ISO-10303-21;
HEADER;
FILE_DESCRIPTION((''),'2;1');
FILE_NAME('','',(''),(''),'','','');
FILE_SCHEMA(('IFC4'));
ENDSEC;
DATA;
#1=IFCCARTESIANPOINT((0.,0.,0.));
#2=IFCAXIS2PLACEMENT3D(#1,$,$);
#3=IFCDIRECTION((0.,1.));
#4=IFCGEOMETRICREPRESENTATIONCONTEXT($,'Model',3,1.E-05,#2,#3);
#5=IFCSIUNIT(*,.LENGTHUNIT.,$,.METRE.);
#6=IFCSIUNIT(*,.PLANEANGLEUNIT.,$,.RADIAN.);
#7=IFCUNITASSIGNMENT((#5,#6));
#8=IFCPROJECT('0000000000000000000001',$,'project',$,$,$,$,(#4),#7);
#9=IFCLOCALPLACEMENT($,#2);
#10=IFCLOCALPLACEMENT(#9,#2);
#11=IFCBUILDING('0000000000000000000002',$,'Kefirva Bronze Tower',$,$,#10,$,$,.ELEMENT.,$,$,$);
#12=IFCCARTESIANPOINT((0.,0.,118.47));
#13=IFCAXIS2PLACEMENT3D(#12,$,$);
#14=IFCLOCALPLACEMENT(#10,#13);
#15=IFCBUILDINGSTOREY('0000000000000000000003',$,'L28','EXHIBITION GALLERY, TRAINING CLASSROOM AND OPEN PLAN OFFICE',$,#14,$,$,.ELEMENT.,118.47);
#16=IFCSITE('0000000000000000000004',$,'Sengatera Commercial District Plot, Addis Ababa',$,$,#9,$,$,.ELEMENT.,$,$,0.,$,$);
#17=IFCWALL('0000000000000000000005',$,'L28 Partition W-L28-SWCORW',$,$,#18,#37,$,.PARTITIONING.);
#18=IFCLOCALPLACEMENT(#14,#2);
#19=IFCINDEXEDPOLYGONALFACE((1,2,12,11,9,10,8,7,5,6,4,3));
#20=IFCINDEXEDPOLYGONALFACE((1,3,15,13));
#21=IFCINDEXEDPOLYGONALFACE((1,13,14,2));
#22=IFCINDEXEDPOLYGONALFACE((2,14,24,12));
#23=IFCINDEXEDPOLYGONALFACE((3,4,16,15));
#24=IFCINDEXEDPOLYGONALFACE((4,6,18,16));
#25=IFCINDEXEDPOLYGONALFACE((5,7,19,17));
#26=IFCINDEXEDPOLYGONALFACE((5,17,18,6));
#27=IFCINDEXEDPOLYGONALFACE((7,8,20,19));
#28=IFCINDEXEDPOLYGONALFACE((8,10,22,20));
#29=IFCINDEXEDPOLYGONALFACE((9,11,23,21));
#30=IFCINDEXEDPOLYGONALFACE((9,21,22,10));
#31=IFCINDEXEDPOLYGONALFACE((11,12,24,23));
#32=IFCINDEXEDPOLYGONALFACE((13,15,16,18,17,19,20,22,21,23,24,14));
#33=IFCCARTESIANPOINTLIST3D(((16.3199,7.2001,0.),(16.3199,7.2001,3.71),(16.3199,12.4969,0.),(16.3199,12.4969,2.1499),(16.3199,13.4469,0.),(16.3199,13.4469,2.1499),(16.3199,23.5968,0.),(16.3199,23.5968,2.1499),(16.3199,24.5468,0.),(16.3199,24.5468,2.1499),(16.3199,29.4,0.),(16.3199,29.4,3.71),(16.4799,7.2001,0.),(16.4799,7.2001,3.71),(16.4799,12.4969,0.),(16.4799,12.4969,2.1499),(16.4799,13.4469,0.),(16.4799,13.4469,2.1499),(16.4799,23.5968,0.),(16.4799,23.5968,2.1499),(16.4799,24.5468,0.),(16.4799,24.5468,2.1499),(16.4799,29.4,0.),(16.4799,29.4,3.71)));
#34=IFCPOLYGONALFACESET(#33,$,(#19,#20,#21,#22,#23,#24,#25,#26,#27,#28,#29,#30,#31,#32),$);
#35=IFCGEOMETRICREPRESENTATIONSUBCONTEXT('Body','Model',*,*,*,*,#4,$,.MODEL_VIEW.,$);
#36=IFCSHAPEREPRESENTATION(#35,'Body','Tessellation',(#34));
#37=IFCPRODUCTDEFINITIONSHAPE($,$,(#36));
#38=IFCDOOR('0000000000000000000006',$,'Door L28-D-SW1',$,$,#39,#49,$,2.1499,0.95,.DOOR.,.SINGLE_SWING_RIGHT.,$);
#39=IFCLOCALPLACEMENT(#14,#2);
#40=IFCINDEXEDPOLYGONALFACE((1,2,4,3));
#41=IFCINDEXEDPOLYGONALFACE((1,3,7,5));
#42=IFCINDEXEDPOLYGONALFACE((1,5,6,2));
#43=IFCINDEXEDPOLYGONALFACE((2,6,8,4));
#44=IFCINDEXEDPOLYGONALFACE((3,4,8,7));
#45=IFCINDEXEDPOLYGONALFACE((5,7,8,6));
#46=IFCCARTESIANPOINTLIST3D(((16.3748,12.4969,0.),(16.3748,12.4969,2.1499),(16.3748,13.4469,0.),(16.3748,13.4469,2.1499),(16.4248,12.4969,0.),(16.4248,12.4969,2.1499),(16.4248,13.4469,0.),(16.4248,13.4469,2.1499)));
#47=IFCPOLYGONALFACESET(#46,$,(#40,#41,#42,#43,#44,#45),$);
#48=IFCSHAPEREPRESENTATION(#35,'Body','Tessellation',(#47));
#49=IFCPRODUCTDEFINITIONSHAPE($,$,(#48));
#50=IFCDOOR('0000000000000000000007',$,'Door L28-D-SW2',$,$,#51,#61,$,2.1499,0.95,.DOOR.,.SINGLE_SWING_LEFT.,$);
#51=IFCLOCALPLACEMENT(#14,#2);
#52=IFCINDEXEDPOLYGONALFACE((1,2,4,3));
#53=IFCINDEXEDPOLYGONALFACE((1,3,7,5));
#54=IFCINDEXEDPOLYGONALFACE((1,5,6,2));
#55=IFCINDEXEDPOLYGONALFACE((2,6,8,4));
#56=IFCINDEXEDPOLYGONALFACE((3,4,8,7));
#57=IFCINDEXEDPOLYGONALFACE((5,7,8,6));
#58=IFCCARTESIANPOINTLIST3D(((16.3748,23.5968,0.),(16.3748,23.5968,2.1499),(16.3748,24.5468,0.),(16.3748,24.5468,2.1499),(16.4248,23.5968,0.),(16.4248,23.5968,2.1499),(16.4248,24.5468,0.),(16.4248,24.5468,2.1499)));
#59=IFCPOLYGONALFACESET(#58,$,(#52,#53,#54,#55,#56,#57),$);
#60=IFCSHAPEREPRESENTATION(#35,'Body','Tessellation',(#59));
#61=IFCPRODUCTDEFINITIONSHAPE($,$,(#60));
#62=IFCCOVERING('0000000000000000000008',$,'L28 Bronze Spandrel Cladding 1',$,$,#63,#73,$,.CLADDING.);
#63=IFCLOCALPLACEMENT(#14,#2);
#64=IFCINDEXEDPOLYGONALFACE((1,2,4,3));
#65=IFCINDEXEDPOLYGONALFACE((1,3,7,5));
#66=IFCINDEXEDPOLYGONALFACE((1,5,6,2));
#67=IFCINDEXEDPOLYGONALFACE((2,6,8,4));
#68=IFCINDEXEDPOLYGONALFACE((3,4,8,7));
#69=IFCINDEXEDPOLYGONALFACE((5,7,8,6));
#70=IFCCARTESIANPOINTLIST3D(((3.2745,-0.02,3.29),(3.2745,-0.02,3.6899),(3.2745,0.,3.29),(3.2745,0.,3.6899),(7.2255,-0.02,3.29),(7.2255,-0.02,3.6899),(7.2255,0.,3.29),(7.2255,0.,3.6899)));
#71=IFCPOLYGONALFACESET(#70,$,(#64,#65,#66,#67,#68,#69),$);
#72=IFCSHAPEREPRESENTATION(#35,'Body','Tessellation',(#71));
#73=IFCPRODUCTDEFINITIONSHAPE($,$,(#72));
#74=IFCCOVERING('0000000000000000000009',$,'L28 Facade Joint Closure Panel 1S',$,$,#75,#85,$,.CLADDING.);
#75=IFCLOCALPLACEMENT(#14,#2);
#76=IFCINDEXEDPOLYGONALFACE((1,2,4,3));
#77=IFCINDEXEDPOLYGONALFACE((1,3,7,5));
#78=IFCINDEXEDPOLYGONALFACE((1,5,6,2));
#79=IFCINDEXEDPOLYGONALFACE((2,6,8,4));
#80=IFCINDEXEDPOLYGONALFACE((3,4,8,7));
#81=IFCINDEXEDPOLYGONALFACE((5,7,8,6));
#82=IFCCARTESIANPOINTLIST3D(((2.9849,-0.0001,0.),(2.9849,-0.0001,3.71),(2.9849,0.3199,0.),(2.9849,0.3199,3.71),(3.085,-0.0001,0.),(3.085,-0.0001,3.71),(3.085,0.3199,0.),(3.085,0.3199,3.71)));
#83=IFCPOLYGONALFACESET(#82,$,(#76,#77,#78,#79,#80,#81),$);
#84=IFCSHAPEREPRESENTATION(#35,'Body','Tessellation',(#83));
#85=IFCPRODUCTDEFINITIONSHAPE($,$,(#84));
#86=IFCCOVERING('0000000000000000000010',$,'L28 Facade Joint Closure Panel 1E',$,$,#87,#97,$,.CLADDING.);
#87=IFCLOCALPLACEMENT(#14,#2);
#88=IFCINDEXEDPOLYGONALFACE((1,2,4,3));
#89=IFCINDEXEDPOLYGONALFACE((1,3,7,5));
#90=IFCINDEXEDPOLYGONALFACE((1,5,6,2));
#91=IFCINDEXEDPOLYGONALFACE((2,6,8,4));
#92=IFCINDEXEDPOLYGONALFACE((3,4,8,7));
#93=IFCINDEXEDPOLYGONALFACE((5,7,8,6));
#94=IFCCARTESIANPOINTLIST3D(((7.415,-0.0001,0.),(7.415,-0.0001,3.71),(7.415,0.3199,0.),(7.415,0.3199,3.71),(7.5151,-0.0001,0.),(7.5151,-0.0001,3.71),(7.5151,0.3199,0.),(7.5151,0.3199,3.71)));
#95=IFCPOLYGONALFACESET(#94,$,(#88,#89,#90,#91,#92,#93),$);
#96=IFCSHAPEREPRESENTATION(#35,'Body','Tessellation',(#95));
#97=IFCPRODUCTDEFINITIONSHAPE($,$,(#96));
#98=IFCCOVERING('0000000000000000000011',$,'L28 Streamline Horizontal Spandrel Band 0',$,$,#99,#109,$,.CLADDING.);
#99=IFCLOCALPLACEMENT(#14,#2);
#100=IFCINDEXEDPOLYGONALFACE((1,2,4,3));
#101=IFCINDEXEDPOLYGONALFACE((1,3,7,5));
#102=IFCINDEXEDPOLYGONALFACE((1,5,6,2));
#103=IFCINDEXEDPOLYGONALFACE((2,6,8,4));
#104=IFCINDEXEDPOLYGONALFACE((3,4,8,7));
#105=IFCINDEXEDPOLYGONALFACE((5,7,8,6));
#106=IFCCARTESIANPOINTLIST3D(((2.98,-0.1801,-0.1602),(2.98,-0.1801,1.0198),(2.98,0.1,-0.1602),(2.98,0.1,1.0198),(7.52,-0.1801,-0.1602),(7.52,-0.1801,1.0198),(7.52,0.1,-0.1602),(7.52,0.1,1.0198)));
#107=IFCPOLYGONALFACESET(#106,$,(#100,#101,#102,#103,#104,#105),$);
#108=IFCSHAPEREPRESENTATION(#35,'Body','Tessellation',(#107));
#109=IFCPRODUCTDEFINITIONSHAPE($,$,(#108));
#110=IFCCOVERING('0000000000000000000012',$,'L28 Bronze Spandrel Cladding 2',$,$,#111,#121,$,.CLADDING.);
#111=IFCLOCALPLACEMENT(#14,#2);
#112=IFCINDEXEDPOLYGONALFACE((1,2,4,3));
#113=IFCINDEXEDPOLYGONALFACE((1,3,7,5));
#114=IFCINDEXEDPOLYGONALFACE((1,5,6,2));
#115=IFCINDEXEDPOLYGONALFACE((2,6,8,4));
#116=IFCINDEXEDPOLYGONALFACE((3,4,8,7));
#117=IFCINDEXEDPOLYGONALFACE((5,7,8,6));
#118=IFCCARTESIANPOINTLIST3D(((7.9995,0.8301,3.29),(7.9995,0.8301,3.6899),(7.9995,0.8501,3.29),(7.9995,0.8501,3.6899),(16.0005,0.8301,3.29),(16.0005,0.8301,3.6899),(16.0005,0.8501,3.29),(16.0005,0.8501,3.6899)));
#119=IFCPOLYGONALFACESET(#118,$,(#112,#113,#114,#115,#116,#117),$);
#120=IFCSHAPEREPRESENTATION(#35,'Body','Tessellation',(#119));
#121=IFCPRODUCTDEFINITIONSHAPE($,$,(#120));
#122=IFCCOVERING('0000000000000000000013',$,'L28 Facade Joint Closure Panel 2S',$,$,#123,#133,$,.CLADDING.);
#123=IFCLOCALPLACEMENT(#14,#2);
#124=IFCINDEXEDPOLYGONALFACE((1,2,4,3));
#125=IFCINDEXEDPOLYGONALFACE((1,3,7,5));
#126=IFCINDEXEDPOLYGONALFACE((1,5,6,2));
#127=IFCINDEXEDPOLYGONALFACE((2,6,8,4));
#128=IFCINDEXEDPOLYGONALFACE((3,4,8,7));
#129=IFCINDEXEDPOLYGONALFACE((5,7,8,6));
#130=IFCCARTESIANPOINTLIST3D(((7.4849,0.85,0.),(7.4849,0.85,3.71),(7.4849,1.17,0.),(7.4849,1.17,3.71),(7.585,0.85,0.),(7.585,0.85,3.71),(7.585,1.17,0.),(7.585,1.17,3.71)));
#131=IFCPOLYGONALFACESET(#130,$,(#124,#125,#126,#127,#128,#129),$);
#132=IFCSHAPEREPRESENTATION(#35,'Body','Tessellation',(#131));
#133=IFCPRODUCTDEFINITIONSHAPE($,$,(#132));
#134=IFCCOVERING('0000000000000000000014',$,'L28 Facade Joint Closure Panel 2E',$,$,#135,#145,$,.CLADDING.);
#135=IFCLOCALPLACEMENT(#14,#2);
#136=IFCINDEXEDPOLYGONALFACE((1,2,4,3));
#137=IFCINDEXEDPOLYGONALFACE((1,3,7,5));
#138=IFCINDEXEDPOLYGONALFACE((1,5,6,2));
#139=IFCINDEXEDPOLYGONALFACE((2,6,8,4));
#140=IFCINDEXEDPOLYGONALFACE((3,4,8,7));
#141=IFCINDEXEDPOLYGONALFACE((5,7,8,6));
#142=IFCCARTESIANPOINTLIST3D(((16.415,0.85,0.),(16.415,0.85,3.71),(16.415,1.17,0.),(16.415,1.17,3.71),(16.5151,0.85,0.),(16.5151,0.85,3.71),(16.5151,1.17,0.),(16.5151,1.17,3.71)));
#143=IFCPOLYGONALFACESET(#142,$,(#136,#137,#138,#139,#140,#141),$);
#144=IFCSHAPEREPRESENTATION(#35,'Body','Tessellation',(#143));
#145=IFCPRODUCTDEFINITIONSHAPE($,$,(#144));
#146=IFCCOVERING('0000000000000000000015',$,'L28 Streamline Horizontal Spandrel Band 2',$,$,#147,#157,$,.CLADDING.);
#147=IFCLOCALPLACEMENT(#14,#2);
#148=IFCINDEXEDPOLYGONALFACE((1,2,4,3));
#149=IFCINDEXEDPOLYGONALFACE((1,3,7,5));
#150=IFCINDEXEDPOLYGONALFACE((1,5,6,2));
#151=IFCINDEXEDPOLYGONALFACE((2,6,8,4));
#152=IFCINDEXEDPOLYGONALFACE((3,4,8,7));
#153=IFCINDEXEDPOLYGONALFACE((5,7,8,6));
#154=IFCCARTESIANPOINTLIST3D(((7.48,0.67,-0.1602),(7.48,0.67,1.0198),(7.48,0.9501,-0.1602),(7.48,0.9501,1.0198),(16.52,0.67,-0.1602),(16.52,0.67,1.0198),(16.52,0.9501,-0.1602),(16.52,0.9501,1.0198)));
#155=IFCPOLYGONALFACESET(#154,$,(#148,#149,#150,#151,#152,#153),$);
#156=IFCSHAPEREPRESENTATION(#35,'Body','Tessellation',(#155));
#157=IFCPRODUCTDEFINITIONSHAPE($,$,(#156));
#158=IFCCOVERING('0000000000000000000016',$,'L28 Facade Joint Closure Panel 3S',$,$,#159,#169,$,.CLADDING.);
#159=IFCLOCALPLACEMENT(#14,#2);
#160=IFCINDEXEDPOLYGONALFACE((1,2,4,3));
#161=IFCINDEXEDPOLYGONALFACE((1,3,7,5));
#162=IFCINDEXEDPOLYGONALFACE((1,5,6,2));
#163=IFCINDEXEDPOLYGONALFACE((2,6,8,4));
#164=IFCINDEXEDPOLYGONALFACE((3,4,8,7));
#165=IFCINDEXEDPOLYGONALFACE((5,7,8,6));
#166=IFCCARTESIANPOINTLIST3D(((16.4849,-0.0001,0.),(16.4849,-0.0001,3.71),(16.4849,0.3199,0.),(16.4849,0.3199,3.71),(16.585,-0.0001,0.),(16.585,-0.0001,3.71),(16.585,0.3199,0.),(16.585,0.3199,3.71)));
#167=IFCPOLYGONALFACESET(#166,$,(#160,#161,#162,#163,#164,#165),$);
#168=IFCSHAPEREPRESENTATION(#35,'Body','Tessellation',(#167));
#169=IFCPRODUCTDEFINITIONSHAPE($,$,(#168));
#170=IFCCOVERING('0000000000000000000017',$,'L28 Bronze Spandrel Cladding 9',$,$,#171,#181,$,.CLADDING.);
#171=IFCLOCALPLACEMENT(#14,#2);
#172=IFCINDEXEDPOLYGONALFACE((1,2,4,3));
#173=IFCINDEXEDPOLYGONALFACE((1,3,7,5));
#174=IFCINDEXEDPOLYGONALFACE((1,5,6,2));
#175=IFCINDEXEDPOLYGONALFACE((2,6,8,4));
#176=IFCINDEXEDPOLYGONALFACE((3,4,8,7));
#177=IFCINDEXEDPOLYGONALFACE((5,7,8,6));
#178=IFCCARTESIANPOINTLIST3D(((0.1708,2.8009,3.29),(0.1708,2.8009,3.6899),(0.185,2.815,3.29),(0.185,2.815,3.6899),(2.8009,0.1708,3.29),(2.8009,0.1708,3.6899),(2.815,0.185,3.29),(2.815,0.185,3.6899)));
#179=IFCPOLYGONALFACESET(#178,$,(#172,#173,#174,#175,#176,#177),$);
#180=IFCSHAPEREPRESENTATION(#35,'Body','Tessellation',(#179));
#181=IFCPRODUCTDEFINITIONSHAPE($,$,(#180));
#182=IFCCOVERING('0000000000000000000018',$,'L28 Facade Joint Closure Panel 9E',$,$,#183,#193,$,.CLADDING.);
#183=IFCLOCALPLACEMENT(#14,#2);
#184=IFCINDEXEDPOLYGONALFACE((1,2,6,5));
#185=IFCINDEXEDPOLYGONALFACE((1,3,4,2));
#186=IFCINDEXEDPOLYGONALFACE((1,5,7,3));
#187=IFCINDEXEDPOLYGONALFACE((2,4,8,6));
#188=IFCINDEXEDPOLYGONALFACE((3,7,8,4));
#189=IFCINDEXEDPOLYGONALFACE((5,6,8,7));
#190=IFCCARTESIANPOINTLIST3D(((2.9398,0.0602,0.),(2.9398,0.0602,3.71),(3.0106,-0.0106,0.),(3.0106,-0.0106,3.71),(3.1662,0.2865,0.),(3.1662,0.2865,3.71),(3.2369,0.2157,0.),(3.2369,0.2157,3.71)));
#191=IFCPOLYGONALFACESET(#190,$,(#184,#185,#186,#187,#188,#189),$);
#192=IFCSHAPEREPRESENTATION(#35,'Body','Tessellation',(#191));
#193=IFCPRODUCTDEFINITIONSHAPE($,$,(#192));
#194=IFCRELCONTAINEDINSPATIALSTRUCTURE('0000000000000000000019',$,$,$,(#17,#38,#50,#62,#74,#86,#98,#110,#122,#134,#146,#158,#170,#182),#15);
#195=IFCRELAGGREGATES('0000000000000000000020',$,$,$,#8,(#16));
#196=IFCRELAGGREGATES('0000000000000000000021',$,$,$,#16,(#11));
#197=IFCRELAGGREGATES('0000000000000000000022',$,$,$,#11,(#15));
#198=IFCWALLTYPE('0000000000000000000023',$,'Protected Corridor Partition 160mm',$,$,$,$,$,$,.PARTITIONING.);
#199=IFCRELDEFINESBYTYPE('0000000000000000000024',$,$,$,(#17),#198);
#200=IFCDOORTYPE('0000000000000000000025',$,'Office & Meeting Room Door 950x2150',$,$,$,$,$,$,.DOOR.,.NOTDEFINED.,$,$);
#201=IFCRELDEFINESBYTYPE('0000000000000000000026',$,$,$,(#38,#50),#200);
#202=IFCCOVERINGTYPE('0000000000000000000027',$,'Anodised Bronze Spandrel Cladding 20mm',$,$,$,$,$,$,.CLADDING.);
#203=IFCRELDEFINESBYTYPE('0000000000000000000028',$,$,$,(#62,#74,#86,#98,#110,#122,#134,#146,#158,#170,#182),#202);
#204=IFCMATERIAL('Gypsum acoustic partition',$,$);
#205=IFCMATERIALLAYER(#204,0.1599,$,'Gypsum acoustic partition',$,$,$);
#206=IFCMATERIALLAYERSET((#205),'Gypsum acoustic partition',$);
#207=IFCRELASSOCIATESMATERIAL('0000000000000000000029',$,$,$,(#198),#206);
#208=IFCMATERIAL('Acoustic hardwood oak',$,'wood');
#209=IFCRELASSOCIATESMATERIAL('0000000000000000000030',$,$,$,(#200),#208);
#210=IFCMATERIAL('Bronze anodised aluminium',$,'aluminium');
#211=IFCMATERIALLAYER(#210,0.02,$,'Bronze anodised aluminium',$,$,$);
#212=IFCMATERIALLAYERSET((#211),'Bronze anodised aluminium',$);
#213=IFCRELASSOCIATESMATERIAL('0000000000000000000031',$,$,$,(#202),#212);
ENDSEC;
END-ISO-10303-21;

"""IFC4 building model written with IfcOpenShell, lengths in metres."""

from ifc_helpers import new_model, si_unit, direction, frame, frame_2d, origin, origin_2d, place, context, subcontext, project, spatial, rectangle, extrude, material, layer, layer_set, type_object, element, fill, save


model = new_model("IFC4")

# Units and contexts
model_context = context("Model", 3, precision=1e-05, world=origin(), true_north=direction((0.0, 1.0)))
body_context = subcontext(model_context, "Body", "Model", "MODEL_VIEW")
ifc_project = project(units=[si_unit("LENGTHUNIT", "METRE"), si_unit("PLANEANGLEUNIT", "RADIAN")], contexts=[model_context])

# Site, building, storey
site_placement = place(None, origin())
site = spatial("IfcSite", under=ifc_project, at=site_placement, Name="Sengatera Commercial District Plot, Addis Ababa", CompositionType="ELEMENT", RefElevation=0.0)
building_placement = place(site_placement, origin())
building = spatial("IfcBuilding", under=site, at=building_placement, Name="Kefirva Bronze Tower", CompositionType="ELEMENT")
storey_placement = place(building_placement, frame((0.0, 0.0, 118.47)))
storey = spatial("IfcBuildingStorey", under=building, at=storey_placement, Name="L28", Description="EXHIBITION GALLERY, TRAINING CLASSROOM AND OPEN PLAN OFFICE", CompositionType="ELEMENT", Elevation=118.47)

# Wall, openings, doors
ifc_material_1 = material(Name="Gypsum acoustic partition")
ifc_layer_1 = layer(ifc_material_1, 0.1599, Name="Gypsum acoustic partition")
ifc_layer_set_1 = layer_set([ifc_layer_1], Name="Gypsum acoustic partition")
wall_type_1 = type_object("IfcWallType", Name="Protected Corridor Partition 160mm", PredefinedType="PARTITIONING", material=ifc_layer_set_1)
wall_1_placement = place(storey_placement, frame((16.3999, 7.2, 0.0), z_axis=(0.0, 0.0, 1.0), x_axis=(0.0, 1.0, 0.0)))
wall_1 = element("IfcWall", 1, at=wall_1_placement, inside=storey, type_object=wall_type_1, Name="L28 Partition W-L28-SWCORW", PredefinedType="PARTITIONING", context=body_context, shape_type="SweptSolid", body=[
    extrude(rectangle(XDim=22.2, YDim=0.1599, at=frame_2d((11.1001, 0.0))), origin(), (0.0, 0.0, 1.0), 3.71),
])
opening_1_placement = place(wall_1_placement, frame((6.2471, 0.0, 0.0), z_axis=(0.0, 0.0, 1.0), x_axis=(-1.0, 0.0, 0.0)))
opening_1 = element("IfcOpeningElement", 2, at=opening_1_placement, cuts=wall_1, PredefinedType="OPENING", context=body_context, shape_type="SweptSolid", body=[
    extrude(rectangle(XDim=0.95, YDim=2.1499, at=frame_2d((0.4751, 1.075))), frame((0.0, 0.0898, 0.0), z_axis=(0.0, -1.0, 0.0), x_axis=(1.0, 0.0, 0.0)), (0.0, 0.0, 1.0), 0.1799),
])
opening_2_placement = place(wall_1_placement, frame((17.3469, 0.0, 0.0), z_axis=(0.0, 0.0, 1.0), x_axis=(-1.0, 0.0, 0.0)))
opening_2 = element("IfcOpeningElement", 3, at=opening_2_placement, cuts=wall_1, PredefinedType="OPENING", context=body_context, shape_type="SweptSolid", body=[
    extrude(rectangle(XDim=0.95, YDim=2.1499, at=frame_2d((0.4751, 1.075))), frame((0.0, 0.0898, 0.0), z_axis=(0.0, -1.0, 0.0), x_axis=(1.0, 0.0, 0.0)), (0.0, 0.0, 1.0), 0.1799),
])
ifc_material_2 = material(Name="Acoustic hardwood oak", Category="wood")
door_type = type_object("IfcDoorType", Name="Office & Meeting Room Door 950x2150", OperationType="NOTDEFINED", PredefinedType="DOOR", material=ifc_material_2)
door_1_placement = place(opening_1_placement, origin())
door_1 = element("IfcDoor", 4, at=door_1_placement, inside=storey, type_object=door_type, Name="Door L28-D-SW1", OperationType="SINGLE_SWING_RIGHT", OverallHeight=2.1499, OverallWidth=0.95, PredefinedType="DOOR", context=body_context, shape_type="SweptSolid", body=[
    extrude(rectangle(XDim=0.95, YDim=2.1499, at=frame_2d((0.4751, 1.075))), frame((0.0, 0.0249, 0.0), z_axis=(0.0, -1.0, 0.0), x_axis=(1.0, 0.0, 0.0)), (0.0, 0.0, 1.0), 0.05),
])
fill(opening_1, door_1)
door_2_placement = place(opening_2_placement, origin())
door_2 = element("IfcDoor", 5, at=door_2_placement, inside=storey, type_object=door_type, Name="Door L28-D-SW2", OperationType="SINGLE_SWING_LEFT", OverallHeight=2.1499, OverallWidth=0.95, PredefinedType="DOOR", context=body_context, shape_type="SweptSolid", body=[
    extrude(rectangle(XDim=0.95, YDim=2.1499, at=frame_2d((0.4751, 1.075))), frame((0.0, 0.0249, 0.0), z_axis=(0.0, -1.0, 0.0), x_axis=(1.0, 0.0, 0.0)), (0.0, 0.0, 1.0), 0.05),
])
fill(opening_2, door_2)

# Coverings
ifc_material_3 = material(Name="Bronze anodised aluminium", Category="aluminium")
ifc_layer_2 = layer(ifc_material_3, 0.02, Name="Bronze anodised aluminium")
ifc_layer_set_2 = layer_set([ifc_layer_2], Name="Bronze anodised aluminium")
covering_type_1 = type_object("IfcCoveringType", Name="Anodised Bronze Spandrel Cladding 20mm", PredefinedType="CLADDING", material=ifc_layer_set_2)
covering_1_placement = place(storey_placement, frame((5.25, -0.01, 3.29), z_axis=(0.0, 0.0, 1.0), x_axis=(1.0, 0.0, 0.0)))
element("IfcCovering", 6, at=covering_1_placement, inside=storey, type_object=covering_type_1, Name="L28 Bronze Spandrel Cladding 1", PredefinedType="CLADDING", context=body_context, shape_type="SweptSolid", body=[
    extrude(rectangle(XDim=3.9509, YDim=0.02, at=origin_2d()), origin(), (0.0, 0.0, 1.0), 0.3999),
])
for number, where, z_axis, x_axis, name in (
    (7, (3.0349, 0.1599, 0.0), (0.0, 0.0, 1.0), (1.0, 0.0, 0.0), "L28 Facade Joint Closure Panel 1S"),
    (8, (7.4651, 0.1599, 0.0), (0.0, 0.0, 1.0), (1.0, 0.0, 0.0), "L28 Facade Joint Closure Panel 1E"),
):
    element("IfcCovering", number, at=place(storey_placement, frame(where, z_axis=z_axis, x_axis=x_axis)), inside=storey, type_object=covering_type_1, Name=name, PredefinedType="CLADDING", context=body_context, shape_type="SweptSolid", body=[
        extrude(rectangle(XDim=0.1001, YDim=0.3201, at=origin_2d()), origin(), (0.0, 0.0, 1.0), 3.71),
    ])
covering_2_placement = place(storey_placement, frame((5.25, -0.04, -0.1602), z_axis=(0.0, 0.0, 1.0), x_axis=(1.0, 0.0, 0.0)))
element("IfcCovering", 9, at=covering_2_placement, inside=storey, type_object=covering_type_1, Name="L28 Streamline Horizontal Spandrel Band 0", PredefinedType="CLADDING", context=body_context, shape_type="SweptSolid", body=[
    extrude(rectangle(XDim=4.54, YDim=0.28, at=origin_2d()), origin(), (0.0, 0.0, 1.0), 1.1799),
])
covering_3_placement = place(storey_placement, frame((12.0, 0.8401, 3.29), z_axis=(0.0, 0.0, 1.0), x_axis=(1.0, 0.0, 0.0)))
element("IfcCovering", 10, at=covering_3_placement, inside=storey, type_object=covering_type_1, Name="L28 Bronze Spandrel Cladding 2", PredefinedType="CLADDING", context=body_context, shape_type="SweptSolid", body=[
    extrude(rectangle(XDim=8.001, YDim=0.02, at=origin_2d()), origin(), (0.0, 0.0, 1.0), 0.3999),
])
for number, where, z_axis, x_axis, name in (
    (11, (7.5349, 1.01, 0.0), (0.0, 0.0, 1.0), (1.0, 0.0, 0.0), "L28 Facade Joint Closure Panel 2S"),
    (12, (16.4651, 1.01, 0.0), (0.0, 0.0, 1.0), (1.0, 0.0, 0.0), "L28 Facade Joint Closure Panel 2E"),
):
    element("IfcCovering", number, at=place(storey_placement, frame(where, z_axis=z_axis, x_axis=x_axis)), inside=storey, type_object=covering_type_1, Name=name, PredefinedType="CLADDING", context=body_context, shape_type="SweptSolid", body=[
        extrude(rectangle(XDim=0.1001, YDim=0.3201, at=origin_2d()), origin(), (0.0, 0.0, 1.0), 3.71),
    ])
covering_4_placement = place(storey_placement, frame((12.0, 0.8101, -0.1602), z_axis=(0.0, 0.0, 1.0), x_axis=(1.0, 0.0, 0.0)))
element("IfcCovering", 13, at=covering_4_placement, inside=storey, type_object=covering_type_1, Name="L28 Streamline Horizontal Spandrel Band 2", PredefinedType="CLADDING", context=body_context, shape_type="SweptSolid", body=[
    extrude(rectangle(XDim=9.04, YDim=0.28, at=origin_2d()), origin(), (0.0, 0.0, 1.0), 1.1799),
])
covering_5_placement = place(storey_placement, frame((16.5349, 0.1599, 0.0), z_axis=(0.0, 0.0, 1.0), x_axis=(1.0, 0.0, 0.0)))
element("IfcCovering", 14, at=covering_5_placement, inside=storey, type_object=covering_type_1, Name="L28 Facade Joint Closure Panel 3S", PredefinedType="CLADDING", context=body_context, shape_type="SweptSolid", body=[
    extrude(rectangle(XDim=0.1001, YDim=0.3201, at=origin_2d()), origin(), (0.0, 0.0, 1.0), 3.71),
])
covering_6_placement = place(storey_placement, frame((1.4929, 1.4929, 3.29), z_axis=(0.0, 0.0, 1.0), x_axis=(0.707107, -0.707107, 0.0)))
element("IfcCovering", 15, at=covering_6_placement, inside=storey, type_object=covering_type_1, Name="L28 Bronze Spandrel Cladding 9", PredefinedType="CLADDING", context=body_context, shape_type="SweptSolid", body=[
    extrude(rectangle(XDim=3.7195, YDim=0.02, at=origin_2d()), origin(), (0.0, 0.0, 1.0), 0.3999),
])
covering_7_placement = place(storey_placement, frame((3.0884, 0.1379, 0.0), z_axis=(0.0, 0.0, 1.0), x_axis=(0.707107, -0.707107, 0.0)))
element("IfcCovering", 16, at=covering_7_placement, inside=storey, type_object=covering_type_1, Name="L28 Facade Joint Closure Panel 9E", PredefinedType="CLADDING", context=body_context, shape_type="SweptSolid", body=[
    extrude(rectangle(XDim=0.1001, YDim=0.3201, at=origin_2d()), origin(), (0.0, 0.0, 1.0), 3.71),
])

save(model, "model.ifc")
